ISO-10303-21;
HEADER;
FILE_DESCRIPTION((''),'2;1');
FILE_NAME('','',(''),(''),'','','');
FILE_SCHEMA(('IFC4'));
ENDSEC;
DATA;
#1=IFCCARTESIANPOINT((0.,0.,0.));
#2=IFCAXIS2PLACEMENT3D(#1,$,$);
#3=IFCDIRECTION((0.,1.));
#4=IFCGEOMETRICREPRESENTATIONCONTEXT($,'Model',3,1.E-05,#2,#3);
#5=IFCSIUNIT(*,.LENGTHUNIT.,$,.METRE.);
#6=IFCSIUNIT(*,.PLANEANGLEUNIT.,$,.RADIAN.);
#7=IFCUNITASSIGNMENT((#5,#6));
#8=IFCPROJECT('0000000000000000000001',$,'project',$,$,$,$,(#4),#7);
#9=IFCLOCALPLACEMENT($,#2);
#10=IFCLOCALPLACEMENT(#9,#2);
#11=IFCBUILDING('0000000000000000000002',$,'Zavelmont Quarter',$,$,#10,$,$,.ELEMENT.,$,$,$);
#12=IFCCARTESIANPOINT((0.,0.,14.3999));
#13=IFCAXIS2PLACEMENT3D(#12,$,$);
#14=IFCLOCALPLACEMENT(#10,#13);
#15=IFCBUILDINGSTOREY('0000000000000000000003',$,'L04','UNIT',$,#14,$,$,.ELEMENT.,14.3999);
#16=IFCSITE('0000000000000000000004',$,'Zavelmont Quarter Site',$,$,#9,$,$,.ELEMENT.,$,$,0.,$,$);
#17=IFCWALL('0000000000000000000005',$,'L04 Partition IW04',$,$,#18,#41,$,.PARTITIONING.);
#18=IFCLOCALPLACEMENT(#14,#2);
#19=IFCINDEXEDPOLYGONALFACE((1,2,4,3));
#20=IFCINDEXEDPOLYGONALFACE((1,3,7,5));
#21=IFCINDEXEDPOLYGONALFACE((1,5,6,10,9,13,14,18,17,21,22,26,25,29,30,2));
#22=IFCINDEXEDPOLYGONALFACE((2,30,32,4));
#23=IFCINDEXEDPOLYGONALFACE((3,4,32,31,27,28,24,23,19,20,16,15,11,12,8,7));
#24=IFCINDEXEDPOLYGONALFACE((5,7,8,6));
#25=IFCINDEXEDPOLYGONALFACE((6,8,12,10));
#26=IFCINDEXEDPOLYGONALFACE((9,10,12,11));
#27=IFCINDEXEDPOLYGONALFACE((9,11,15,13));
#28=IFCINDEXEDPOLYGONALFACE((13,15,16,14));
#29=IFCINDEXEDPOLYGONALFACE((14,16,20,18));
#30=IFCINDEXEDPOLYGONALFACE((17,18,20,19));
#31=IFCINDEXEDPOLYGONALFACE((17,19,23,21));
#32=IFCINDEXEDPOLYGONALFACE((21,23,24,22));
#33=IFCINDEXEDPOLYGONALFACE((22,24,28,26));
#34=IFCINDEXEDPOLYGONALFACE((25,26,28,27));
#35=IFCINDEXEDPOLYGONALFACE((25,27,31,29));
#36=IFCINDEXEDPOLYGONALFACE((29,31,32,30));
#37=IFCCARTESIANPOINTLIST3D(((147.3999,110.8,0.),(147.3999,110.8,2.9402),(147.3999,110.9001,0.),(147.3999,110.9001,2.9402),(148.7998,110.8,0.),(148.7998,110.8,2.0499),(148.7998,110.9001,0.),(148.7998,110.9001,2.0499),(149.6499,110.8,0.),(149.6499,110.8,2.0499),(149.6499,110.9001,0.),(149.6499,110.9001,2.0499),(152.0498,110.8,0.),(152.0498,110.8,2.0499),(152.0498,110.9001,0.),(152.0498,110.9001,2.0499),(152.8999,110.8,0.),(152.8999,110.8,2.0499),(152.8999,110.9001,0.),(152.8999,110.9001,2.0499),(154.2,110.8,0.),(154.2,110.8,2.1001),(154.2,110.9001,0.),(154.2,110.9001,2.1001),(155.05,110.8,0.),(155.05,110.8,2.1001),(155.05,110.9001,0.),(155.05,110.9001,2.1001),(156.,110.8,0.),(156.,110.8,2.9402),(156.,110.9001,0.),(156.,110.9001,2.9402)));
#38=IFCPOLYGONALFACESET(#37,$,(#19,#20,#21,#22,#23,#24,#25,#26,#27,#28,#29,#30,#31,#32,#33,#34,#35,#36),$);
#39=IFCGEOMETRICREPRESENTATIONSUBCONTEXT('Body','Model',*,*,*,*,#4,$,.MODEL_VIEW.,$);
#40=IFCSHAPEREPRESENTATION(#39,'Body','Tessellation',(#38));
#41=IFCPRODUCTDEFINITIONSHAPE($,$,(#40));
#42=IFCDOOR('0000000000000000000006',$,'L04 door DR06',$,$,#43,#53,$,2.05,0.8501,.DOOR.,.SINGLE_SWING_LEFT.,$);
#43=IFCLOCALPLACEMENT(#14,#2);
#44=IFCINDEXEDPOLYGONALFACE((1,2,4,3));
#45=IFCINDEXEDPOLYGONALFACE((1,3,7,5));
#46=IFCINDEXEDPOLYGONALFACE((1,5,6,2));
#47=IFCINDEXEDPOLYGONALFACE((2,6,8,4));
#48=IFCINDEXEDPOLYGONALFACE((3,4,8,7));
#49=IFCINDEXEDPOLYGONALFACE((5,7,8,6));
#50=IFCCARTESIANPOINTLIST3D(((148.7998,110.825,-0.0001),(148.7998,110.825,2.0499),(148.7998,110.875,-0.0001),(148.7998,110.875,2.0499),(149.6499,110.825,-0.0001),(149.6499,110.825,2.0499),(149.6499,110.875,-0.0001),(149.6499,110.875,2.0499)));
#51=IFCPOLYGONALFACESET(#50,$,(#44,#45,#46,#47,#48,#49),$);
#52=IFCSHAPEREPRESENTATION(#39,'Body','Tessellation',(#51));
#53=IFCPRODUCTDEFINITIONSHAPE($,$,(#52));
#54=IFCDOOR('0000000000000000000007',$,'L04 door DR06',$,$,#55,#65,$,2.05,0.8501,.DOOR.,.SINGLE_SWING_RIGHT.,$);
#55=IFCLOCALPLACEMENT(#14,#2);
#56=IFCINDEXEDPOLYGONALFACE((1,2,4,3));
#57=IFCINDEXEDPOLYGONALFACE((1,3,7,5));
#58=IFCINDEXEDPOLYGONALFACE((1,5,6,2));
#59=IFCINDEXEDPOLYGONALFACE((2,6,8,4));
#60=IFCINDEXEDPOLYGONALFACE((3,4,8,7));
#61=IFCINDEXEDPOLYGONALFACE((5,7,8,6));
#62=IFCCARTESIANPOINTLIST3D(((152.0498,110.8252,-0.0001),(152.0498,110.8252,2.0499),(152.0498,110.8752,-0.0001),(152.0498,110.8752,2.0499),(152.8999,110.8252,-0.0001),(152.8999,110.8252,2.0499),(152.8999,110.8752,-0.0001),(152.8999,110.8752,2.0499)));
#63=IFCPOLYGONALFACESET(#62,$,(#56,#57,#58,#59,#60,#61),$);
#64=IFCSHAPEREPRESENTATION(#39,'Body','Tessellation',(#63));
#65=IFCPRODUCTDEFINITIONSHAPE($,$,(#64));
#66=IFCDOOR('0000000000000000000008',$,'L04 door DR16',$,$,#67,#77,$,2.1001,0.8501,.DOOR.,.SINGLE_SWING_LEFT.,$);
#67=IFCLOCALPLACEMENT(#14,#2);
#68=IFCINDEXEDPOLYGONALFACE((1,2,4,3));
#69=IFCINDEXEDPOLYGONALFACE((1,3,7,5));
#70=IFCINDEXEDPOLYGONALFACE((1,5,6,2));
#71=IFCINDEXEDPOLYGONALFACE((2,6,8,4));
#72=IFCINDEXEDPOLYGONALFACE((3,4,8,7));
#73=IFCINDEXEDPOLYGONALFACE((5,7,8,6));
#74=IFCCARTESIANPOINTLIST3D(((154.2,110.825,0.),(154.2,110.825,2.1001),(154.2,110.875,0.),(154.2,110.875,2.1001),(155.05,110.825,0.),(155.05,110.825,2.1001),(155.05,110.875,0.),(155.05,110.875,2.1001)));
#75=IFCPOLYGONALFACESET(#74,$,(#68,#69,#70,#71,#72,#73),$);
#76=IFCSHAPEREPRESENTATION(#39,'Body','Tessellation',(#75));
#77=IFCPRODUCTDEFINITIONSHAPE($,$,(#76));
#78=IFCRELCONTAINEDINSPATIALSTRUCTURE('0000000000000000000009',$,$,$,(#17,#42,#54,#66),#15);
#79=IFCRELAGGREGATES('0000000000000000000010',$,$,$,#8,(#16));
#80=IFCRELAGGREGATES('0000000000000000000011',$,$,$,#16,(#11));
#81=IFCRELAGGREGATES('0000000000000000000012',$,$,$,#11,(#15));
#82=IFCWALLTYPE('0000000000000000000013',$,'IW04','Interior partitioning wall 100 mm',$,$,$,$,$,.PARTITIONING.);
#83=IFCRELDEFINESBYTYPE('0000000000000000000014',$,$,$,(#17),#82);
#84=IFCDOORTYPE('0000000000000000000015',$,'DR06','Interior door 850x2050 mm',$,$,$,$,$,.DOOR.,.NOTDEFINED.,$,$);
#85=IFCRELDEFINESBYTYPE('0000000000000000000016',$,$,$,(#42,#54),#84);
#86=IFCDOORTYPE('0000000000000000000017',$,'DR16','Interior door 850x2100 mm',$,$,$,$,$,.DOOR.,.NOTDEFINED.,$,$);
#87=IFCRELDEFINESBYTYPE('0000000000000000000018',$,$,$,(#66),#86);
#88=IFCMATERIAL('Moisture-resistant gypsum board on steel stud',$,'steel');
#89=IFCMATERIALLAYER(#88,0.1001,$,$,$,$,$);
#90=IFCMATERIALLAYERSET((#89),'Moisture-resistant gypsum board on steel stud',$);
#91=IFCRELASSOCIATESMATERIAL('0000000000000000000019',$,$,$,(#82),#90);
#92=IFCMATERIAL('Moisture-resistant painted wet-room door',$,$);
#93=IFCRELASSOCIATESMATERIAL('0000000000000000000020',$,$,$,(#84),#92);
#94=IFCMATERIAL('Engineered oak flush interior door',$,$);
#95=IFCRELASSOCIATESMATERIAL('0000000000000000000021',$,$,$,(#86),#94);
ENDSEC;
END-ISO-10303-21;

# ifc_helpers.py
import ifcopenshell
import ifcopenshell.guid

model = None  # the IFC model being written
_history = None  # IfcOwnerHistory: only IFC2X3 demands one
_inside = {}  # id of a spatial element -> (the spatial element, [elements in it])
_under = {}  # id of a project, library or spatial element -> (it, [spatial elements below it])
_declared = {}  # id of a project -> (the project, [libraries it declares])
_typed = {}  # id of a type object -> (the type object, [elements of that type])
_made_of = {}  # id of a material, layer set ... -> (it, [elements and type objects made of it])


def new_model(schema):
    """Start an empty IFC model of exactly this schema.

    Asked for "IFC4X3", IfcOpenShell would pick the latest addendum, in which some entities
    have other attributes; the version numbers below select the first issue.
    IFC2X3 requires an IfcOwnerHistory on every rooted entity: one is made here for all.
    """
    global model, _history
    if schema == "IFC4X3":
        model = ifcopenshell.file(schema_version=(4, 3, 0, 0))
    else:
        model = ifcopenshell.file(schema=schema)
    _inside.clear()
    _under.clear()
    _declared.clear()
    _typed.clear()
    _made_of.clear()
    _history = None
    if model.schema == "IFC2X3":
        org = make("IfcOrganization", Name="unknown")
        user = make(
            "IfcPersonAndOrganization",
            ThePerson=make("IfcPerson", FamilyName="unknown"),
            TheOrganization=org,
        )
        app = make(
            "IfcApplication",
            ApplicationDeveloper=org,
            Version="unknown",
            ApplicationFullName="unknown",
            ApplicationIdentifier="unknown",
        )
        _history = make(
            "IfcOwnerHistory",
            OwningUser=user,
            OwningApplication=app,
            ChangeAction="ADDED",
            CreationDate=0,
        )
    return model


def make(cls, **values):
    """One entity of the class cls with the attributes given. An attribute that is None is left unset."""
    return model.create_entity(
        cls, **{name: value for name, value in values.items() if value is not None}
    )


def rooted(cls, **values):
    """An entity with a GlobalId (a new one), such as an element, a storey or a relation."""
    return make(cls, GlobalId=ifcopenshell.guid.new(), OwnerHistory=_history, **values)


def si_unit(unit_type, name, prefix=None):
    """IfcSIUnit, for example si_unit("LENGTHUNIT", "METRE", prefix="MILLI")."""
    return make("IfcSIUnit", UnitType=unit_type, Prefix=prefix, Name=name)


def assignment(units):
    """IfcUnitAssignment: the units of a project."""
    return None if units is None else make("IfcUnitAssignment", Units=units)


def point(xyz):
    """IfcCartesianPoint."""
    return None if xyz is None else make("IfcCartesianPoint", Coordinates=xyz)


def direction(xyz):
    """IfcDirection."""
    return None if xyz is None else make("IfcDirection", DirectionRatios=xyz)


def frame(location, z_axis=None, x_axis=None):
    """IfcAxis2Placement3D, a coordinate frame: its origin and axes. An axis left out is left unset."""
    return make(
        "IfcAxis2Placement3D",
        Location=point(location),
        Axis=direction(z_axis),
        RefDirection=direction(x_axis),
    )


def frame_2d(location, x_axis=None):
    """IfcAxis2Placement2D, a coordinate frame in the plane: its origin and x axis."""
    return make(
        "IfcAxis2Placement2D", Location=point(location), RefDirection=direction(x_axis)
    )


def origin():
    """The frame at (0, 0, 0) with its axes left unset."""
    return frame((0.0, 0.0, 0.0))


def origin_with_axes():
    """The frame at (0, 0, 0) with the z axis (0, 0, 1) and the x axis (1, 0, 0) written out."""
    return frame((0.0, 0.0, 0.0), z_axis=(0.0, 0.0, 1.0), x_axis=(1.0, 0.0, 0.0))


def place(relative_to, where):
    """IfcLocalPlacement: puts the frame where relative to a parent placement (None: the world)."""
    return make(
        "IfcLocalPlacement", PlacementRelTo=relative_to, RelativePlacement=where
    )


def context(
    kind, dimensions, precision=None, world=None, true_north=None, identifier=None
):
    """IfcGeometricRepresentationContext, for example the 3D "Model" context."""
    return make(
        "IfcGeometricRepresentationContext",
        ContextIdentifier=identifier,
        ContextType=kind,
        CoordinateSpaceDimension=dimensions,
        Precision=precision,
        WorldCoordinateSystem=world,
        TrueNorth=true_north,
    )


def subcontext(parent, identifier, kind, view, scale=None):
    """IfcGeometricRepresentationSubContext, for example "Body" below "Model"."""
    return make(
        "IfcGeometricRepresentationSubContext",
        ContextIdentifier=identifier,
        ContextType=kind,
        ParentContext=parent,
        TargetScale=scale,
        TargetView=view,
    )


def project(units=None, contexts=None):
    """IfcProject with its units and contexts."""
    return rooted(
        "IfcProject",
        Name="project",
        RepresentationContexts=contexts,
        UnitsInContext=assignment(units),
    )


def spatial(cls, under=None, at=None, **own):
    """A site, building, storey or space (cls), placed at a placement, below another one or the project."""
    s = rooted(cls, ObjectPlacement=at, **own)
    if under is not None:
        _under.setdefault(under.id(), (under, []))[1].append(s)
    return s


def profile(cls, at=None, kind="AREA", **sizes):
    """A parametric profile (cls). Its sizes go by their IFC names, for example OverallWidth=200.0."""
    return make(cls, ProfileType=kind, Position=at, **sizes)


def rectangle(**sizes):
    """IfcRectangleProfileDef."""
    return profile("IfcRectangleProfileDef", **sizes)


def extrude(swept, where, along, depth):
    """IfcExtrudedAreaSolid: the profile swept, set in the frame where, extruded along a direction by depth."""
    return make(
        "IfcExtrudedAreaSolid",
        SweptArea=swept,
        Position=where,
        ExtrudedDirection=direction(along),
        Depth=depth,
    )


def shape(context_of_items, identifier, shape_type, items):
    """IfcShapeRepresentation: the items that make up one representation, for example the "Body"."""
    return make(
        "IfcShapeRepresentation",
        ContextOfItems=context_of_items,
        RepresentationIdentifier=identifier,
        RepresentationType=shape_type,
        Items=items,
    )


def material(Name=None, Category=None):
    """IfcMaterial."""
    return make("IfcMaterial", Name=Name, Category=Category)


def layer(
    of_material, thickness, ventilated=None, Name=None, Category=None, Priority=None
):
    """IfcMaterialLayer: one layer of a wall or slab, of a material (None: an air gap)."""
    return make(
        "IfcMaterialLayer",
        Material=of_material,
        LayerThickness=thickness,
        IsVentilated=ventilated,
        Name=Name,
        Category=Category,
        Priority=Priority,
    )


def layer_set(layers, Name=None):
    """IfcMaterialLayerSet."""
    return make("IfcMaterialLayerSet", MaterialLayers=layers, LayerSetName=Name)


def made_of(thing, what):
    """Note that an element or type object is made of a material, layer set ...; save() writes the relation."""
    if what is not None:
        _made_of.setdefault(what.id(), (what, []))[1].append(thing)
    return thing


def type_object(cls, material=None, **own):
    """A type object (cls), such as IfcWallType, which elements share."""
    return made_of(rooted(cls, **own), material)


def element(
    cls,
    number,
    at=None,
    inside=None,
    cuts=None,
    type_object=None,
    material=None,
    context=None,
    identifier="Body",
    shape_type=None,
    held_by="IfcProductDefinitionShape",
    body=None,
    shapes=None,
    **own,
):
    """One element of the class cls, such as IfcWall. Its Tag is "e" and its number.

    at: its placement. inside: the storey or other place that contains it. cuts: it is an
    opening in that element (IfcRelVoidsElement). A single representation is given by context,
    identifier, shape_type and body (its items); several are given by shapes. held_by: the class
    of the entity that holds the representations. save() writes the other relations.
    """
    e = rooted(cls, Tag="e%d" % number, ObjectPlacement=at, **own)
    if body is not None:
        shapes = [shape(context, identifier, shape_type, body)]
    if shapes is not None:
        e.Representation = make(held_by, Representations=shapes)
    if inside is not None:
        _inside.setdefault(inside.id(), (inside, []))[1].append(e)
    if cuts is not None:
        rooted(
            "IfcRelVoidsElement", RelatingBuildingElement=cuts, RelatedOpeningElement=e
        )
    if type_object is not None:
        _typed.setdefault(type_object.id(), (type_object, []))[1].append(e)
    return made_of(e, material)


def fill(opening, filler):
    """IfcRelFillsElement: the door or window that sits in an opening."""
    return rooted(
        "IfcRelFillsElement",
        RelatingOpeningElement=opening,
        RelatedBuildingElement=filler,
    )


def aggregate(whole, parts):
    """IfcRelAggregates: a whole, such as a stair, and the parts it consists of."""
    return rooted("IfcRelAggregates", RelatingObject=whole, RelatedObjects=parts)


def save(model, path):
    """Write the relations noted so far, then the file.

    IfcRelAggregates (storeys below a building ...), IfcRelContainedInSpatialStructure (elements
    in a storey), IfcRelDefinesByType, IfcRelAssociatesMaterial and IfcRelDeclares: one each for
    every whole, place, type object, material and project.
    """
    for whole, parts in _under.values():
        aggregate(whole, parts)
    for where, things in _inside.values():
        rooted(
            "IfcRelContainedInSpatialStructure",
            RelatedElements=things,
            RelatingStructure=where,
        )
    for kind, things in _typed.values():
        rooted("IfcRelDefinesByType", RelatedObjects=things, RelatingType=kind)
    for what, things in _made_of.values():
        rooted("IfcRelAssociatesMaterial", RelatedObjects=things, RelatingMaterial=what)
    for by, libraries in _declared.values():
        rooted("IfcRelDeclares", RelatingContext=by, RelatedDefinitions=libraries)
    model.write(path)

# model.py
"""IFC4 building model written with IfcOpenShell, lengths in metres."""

from ifc_helpers import new_model, si_unit, direction, frame, frame_2d, origin, origin_with_axes, place, context, subcontext, project, spatial, rectangle, extrude, material, layer, layer_set, type_object, element, fill, save


model = new_model("IFC4")

# Units and contexts
model_context = context("Model", 3, precision=1e-05, world=origin(), true_north=direction((0.0, 1.0)))
body_context = subcontext(model_context, "Body", "Model", "MODEL_VIEW")
ifc_project = project(units=[si_unit("LENGTHUNIT", "METRE"), si_unit("PLANEANGLEUNIT", "RADIAN")], contexts=[model_context])

# Site, building, storey
site_placement = place(None, origin())
site = spatial("IfcSite", under=ifc_project, at=site_placement, Name="Zavelmont Quarter Site", CompositionType="ELEMENT", RefElevation=0.0)
building_placement = place(site_placement, origin())
building = spatial("IfcBuilding", under=site, at=building_placement, Name="Zavelmont Quarter", CompositionType="ELEMENT")
storey_placement = place(building_placement, frame((0.0, 0.0, 14.3999)))
storey = spatial("IfcBuildingStorey", under=building, at=storey_placement, Name="L04", Description="UNIT", CompositionType="ELEMENT", Elevation=14.3999)

# Shared definitions
ifc_material_1 = material(Name="Engineered oak flush interior door")

# Wall, openings, doors
ifc_material_2 = material(Name="Moisture-resistant gypsum board on steel stud", Category="steel")
ifc_layer_1 = layer(ifc_material_2, 0.1001)
ifc_layer_set_1 = layer_set([ifc_layer_1], Name="Moisture-resistant gypsum board on steel stud")
wall_type_1 = type_object("IfcWallType", Name="IW04", Description="Interior partitioning wall 100 mm", PredefinedType="PARTITIONING", material=ifc_layer_set_1)
wall_1_placement = place(storey_placement, frame((147.3999, 110.8501, 0.0), z_axis=(0.0, 0.0, 1.0), x_axis=(1.0, 0.0, 0.0)))
wall_1 = element("IfcWall", 1, at=wall_1_placement, inside=storey, type_object=wall_type_1, Name="L04 Partition IW04", PredefinedType="PARTITIONING", context=body_context, shape_type="SweptSolid", body=[
    extrude(rectangle(XDim=8.6001, YDim=0.1001, at=frame_2d((4.3, 0.0))), origin(), (0.0, 0.0, 1.0), 2.9402),
])
opening_1_placement = place(wall_1_placement, frame((1.3999, 0.0, 0.0)))
opening_1 = element("IfcOpeningElement", 2, at=opening_1_placement, cuts=wall_1, PredefinedType="OPENING", context=body_context, shape_type="SweptSolid", body=[
    extrude(rectangle(XDim=0.8501, YDim=2.05, at=frame_2d((0.425, 1.0249))), frame((0.0, 0.062, 0.0), z_axis=(0.0, -1.0, 0.0), x_axis=(1.0, 0.0, 0.0)), (0.0, 0.0, 1.0), 0.124),
])
opening_2_placement = place(wall_1_placement, frame((4.6499, 0.0, 0.0)))
opening_2 = element("IfcOpeningElement", 3, at=opening_2_placement, cuts=wall_1, PredefinedType="OPENING", context=body_context, shape_type="SweptSolid", body=[
    extrude(rectangle(XDim=0.8501, YDim=2.05, at=frame_2d((0.425, 1.0249))), frame((0.0, 0.062, 0.0), z_axis=(0.0, -1.0, 0.0), x_axis=(1.0, 0.0, 0.0)), (0.0, 0.0, 1.0), 0.124),
])
opening_3_placement = place(wall_1_placement, frame((6.8, 0.0, 0.0)))
opening_3 = element("IfcOpeningElement", 4, at=opening_3_placement, cuts=wall_1, PredefinedType="OPENING", context=body_context, shape_type="SweptSolid", body=[
    extrude(rectangle(XDim=0.8501, YDim=2.1001, at=frame_2d((0.425, 1.05))), frame((0.0, 0.062, 0.0), z_axis=(0.0, -1.0, 0.0), x_axis=(1.0, 0.0, 0.0)), (0.0, 0.0, 1.0), 0.124),
])
ifc_material_3 = material(Name="Moisture-resistant painted wet-room door")
door_type_1 = type_object("IfcDoorType", Name="DR06", Description="Interior door 850x2050 mm", OperationType="NOTDEFINED", PredefinedType="DOOR", material=ifc_material_3)
door_1_placement = place(opening_1_placement, origin_with_axes())
door_1 = element("IfcDoor", 5, at=door_1_placement, inside=storey, type_object=door_type_1, Name="L04 door DR06", OperationType="SINGLE_SWING_LEFT", OverallHeight=2.05, OverallWidth=0.8501, PredefinedType="DOOR", context=body_context, shape_type="SweptSolid", body=[
    extrude(rectangle(XDim=0.8501, YDim=2.05, at=frame_2d((0.425, 1.0249))), frame((0.0, 0.0249, 0.0), z_axis=(0.0, -1.0, 0.0), x_axis=(1.0, 0.0, 0.0)), (0.0, 0.0, 1.0), 0.05),
])
fill(opening_1, door_1)
door_2_placement = place(opening_2_placement, frame((0.8501, 0.0, 0.0), z_axis=(0.0, 0.0, 1.0), x_axis=(-1.0, 0.0, 0.0)))
door_2 = element("IfcDoor", 6, at=door_2_placement, inside=storey, type_object=door_type_1, Name="L04 door DR06", OperationType="SINGLE_SWING_RIGHT", OverallHeight=2.05, OverallWidth=0.8501, PredefinedType="DOOR", context=body_context, shape_type="SweptSolid", body=[
    extrude(rectangle(XDim=0.8501, YDim=2.05, at=frame_2d((0.425, 1.0249))), frame((0.0, 0.0249, 0.0), z_axis=(0.0, -1.0, 0.0), x_axis=(1.0, 0.0, 0.0)), (0.0, 0.0, 1.0), 0.05),
])
fill(opening_2, door_2)
door_type_2 = type_object("IfcDoorType", Name="DR16", Description="Interior door 850x2100 mm", OperationType="NOTDEFINED", PredefinedType="DOOR", material=ifc_material_1)
door_3_placement = place(opening_3_placement, origin_with_axes())
door_3 = element("IfcDoor", 7, at=door_3_placement, inside=storey, type_object=door_type_2, Name="L04 door DR16", OperationType="SINGLE_SWING_LEFT", OverallHeight=2.1001, OverallWidth=0.8501, PredefinedType="DOOR", context=body_context, shape_type="SweptSolid", body=[
    extrude(rectangle(XDim=0.8501, YDim=2.1001, at=frame_2d((0.425, 1.05))), frame((0.0, 0.0249, 0.0), z_axis=(0.0, -1.0, 0.0), x_axis=(1.0, 0.0, 0.0)), (0.0, 0.0, 1.0), 0.05),
])
fill(opening_3, door_3)

save(model, "model.ifc")
